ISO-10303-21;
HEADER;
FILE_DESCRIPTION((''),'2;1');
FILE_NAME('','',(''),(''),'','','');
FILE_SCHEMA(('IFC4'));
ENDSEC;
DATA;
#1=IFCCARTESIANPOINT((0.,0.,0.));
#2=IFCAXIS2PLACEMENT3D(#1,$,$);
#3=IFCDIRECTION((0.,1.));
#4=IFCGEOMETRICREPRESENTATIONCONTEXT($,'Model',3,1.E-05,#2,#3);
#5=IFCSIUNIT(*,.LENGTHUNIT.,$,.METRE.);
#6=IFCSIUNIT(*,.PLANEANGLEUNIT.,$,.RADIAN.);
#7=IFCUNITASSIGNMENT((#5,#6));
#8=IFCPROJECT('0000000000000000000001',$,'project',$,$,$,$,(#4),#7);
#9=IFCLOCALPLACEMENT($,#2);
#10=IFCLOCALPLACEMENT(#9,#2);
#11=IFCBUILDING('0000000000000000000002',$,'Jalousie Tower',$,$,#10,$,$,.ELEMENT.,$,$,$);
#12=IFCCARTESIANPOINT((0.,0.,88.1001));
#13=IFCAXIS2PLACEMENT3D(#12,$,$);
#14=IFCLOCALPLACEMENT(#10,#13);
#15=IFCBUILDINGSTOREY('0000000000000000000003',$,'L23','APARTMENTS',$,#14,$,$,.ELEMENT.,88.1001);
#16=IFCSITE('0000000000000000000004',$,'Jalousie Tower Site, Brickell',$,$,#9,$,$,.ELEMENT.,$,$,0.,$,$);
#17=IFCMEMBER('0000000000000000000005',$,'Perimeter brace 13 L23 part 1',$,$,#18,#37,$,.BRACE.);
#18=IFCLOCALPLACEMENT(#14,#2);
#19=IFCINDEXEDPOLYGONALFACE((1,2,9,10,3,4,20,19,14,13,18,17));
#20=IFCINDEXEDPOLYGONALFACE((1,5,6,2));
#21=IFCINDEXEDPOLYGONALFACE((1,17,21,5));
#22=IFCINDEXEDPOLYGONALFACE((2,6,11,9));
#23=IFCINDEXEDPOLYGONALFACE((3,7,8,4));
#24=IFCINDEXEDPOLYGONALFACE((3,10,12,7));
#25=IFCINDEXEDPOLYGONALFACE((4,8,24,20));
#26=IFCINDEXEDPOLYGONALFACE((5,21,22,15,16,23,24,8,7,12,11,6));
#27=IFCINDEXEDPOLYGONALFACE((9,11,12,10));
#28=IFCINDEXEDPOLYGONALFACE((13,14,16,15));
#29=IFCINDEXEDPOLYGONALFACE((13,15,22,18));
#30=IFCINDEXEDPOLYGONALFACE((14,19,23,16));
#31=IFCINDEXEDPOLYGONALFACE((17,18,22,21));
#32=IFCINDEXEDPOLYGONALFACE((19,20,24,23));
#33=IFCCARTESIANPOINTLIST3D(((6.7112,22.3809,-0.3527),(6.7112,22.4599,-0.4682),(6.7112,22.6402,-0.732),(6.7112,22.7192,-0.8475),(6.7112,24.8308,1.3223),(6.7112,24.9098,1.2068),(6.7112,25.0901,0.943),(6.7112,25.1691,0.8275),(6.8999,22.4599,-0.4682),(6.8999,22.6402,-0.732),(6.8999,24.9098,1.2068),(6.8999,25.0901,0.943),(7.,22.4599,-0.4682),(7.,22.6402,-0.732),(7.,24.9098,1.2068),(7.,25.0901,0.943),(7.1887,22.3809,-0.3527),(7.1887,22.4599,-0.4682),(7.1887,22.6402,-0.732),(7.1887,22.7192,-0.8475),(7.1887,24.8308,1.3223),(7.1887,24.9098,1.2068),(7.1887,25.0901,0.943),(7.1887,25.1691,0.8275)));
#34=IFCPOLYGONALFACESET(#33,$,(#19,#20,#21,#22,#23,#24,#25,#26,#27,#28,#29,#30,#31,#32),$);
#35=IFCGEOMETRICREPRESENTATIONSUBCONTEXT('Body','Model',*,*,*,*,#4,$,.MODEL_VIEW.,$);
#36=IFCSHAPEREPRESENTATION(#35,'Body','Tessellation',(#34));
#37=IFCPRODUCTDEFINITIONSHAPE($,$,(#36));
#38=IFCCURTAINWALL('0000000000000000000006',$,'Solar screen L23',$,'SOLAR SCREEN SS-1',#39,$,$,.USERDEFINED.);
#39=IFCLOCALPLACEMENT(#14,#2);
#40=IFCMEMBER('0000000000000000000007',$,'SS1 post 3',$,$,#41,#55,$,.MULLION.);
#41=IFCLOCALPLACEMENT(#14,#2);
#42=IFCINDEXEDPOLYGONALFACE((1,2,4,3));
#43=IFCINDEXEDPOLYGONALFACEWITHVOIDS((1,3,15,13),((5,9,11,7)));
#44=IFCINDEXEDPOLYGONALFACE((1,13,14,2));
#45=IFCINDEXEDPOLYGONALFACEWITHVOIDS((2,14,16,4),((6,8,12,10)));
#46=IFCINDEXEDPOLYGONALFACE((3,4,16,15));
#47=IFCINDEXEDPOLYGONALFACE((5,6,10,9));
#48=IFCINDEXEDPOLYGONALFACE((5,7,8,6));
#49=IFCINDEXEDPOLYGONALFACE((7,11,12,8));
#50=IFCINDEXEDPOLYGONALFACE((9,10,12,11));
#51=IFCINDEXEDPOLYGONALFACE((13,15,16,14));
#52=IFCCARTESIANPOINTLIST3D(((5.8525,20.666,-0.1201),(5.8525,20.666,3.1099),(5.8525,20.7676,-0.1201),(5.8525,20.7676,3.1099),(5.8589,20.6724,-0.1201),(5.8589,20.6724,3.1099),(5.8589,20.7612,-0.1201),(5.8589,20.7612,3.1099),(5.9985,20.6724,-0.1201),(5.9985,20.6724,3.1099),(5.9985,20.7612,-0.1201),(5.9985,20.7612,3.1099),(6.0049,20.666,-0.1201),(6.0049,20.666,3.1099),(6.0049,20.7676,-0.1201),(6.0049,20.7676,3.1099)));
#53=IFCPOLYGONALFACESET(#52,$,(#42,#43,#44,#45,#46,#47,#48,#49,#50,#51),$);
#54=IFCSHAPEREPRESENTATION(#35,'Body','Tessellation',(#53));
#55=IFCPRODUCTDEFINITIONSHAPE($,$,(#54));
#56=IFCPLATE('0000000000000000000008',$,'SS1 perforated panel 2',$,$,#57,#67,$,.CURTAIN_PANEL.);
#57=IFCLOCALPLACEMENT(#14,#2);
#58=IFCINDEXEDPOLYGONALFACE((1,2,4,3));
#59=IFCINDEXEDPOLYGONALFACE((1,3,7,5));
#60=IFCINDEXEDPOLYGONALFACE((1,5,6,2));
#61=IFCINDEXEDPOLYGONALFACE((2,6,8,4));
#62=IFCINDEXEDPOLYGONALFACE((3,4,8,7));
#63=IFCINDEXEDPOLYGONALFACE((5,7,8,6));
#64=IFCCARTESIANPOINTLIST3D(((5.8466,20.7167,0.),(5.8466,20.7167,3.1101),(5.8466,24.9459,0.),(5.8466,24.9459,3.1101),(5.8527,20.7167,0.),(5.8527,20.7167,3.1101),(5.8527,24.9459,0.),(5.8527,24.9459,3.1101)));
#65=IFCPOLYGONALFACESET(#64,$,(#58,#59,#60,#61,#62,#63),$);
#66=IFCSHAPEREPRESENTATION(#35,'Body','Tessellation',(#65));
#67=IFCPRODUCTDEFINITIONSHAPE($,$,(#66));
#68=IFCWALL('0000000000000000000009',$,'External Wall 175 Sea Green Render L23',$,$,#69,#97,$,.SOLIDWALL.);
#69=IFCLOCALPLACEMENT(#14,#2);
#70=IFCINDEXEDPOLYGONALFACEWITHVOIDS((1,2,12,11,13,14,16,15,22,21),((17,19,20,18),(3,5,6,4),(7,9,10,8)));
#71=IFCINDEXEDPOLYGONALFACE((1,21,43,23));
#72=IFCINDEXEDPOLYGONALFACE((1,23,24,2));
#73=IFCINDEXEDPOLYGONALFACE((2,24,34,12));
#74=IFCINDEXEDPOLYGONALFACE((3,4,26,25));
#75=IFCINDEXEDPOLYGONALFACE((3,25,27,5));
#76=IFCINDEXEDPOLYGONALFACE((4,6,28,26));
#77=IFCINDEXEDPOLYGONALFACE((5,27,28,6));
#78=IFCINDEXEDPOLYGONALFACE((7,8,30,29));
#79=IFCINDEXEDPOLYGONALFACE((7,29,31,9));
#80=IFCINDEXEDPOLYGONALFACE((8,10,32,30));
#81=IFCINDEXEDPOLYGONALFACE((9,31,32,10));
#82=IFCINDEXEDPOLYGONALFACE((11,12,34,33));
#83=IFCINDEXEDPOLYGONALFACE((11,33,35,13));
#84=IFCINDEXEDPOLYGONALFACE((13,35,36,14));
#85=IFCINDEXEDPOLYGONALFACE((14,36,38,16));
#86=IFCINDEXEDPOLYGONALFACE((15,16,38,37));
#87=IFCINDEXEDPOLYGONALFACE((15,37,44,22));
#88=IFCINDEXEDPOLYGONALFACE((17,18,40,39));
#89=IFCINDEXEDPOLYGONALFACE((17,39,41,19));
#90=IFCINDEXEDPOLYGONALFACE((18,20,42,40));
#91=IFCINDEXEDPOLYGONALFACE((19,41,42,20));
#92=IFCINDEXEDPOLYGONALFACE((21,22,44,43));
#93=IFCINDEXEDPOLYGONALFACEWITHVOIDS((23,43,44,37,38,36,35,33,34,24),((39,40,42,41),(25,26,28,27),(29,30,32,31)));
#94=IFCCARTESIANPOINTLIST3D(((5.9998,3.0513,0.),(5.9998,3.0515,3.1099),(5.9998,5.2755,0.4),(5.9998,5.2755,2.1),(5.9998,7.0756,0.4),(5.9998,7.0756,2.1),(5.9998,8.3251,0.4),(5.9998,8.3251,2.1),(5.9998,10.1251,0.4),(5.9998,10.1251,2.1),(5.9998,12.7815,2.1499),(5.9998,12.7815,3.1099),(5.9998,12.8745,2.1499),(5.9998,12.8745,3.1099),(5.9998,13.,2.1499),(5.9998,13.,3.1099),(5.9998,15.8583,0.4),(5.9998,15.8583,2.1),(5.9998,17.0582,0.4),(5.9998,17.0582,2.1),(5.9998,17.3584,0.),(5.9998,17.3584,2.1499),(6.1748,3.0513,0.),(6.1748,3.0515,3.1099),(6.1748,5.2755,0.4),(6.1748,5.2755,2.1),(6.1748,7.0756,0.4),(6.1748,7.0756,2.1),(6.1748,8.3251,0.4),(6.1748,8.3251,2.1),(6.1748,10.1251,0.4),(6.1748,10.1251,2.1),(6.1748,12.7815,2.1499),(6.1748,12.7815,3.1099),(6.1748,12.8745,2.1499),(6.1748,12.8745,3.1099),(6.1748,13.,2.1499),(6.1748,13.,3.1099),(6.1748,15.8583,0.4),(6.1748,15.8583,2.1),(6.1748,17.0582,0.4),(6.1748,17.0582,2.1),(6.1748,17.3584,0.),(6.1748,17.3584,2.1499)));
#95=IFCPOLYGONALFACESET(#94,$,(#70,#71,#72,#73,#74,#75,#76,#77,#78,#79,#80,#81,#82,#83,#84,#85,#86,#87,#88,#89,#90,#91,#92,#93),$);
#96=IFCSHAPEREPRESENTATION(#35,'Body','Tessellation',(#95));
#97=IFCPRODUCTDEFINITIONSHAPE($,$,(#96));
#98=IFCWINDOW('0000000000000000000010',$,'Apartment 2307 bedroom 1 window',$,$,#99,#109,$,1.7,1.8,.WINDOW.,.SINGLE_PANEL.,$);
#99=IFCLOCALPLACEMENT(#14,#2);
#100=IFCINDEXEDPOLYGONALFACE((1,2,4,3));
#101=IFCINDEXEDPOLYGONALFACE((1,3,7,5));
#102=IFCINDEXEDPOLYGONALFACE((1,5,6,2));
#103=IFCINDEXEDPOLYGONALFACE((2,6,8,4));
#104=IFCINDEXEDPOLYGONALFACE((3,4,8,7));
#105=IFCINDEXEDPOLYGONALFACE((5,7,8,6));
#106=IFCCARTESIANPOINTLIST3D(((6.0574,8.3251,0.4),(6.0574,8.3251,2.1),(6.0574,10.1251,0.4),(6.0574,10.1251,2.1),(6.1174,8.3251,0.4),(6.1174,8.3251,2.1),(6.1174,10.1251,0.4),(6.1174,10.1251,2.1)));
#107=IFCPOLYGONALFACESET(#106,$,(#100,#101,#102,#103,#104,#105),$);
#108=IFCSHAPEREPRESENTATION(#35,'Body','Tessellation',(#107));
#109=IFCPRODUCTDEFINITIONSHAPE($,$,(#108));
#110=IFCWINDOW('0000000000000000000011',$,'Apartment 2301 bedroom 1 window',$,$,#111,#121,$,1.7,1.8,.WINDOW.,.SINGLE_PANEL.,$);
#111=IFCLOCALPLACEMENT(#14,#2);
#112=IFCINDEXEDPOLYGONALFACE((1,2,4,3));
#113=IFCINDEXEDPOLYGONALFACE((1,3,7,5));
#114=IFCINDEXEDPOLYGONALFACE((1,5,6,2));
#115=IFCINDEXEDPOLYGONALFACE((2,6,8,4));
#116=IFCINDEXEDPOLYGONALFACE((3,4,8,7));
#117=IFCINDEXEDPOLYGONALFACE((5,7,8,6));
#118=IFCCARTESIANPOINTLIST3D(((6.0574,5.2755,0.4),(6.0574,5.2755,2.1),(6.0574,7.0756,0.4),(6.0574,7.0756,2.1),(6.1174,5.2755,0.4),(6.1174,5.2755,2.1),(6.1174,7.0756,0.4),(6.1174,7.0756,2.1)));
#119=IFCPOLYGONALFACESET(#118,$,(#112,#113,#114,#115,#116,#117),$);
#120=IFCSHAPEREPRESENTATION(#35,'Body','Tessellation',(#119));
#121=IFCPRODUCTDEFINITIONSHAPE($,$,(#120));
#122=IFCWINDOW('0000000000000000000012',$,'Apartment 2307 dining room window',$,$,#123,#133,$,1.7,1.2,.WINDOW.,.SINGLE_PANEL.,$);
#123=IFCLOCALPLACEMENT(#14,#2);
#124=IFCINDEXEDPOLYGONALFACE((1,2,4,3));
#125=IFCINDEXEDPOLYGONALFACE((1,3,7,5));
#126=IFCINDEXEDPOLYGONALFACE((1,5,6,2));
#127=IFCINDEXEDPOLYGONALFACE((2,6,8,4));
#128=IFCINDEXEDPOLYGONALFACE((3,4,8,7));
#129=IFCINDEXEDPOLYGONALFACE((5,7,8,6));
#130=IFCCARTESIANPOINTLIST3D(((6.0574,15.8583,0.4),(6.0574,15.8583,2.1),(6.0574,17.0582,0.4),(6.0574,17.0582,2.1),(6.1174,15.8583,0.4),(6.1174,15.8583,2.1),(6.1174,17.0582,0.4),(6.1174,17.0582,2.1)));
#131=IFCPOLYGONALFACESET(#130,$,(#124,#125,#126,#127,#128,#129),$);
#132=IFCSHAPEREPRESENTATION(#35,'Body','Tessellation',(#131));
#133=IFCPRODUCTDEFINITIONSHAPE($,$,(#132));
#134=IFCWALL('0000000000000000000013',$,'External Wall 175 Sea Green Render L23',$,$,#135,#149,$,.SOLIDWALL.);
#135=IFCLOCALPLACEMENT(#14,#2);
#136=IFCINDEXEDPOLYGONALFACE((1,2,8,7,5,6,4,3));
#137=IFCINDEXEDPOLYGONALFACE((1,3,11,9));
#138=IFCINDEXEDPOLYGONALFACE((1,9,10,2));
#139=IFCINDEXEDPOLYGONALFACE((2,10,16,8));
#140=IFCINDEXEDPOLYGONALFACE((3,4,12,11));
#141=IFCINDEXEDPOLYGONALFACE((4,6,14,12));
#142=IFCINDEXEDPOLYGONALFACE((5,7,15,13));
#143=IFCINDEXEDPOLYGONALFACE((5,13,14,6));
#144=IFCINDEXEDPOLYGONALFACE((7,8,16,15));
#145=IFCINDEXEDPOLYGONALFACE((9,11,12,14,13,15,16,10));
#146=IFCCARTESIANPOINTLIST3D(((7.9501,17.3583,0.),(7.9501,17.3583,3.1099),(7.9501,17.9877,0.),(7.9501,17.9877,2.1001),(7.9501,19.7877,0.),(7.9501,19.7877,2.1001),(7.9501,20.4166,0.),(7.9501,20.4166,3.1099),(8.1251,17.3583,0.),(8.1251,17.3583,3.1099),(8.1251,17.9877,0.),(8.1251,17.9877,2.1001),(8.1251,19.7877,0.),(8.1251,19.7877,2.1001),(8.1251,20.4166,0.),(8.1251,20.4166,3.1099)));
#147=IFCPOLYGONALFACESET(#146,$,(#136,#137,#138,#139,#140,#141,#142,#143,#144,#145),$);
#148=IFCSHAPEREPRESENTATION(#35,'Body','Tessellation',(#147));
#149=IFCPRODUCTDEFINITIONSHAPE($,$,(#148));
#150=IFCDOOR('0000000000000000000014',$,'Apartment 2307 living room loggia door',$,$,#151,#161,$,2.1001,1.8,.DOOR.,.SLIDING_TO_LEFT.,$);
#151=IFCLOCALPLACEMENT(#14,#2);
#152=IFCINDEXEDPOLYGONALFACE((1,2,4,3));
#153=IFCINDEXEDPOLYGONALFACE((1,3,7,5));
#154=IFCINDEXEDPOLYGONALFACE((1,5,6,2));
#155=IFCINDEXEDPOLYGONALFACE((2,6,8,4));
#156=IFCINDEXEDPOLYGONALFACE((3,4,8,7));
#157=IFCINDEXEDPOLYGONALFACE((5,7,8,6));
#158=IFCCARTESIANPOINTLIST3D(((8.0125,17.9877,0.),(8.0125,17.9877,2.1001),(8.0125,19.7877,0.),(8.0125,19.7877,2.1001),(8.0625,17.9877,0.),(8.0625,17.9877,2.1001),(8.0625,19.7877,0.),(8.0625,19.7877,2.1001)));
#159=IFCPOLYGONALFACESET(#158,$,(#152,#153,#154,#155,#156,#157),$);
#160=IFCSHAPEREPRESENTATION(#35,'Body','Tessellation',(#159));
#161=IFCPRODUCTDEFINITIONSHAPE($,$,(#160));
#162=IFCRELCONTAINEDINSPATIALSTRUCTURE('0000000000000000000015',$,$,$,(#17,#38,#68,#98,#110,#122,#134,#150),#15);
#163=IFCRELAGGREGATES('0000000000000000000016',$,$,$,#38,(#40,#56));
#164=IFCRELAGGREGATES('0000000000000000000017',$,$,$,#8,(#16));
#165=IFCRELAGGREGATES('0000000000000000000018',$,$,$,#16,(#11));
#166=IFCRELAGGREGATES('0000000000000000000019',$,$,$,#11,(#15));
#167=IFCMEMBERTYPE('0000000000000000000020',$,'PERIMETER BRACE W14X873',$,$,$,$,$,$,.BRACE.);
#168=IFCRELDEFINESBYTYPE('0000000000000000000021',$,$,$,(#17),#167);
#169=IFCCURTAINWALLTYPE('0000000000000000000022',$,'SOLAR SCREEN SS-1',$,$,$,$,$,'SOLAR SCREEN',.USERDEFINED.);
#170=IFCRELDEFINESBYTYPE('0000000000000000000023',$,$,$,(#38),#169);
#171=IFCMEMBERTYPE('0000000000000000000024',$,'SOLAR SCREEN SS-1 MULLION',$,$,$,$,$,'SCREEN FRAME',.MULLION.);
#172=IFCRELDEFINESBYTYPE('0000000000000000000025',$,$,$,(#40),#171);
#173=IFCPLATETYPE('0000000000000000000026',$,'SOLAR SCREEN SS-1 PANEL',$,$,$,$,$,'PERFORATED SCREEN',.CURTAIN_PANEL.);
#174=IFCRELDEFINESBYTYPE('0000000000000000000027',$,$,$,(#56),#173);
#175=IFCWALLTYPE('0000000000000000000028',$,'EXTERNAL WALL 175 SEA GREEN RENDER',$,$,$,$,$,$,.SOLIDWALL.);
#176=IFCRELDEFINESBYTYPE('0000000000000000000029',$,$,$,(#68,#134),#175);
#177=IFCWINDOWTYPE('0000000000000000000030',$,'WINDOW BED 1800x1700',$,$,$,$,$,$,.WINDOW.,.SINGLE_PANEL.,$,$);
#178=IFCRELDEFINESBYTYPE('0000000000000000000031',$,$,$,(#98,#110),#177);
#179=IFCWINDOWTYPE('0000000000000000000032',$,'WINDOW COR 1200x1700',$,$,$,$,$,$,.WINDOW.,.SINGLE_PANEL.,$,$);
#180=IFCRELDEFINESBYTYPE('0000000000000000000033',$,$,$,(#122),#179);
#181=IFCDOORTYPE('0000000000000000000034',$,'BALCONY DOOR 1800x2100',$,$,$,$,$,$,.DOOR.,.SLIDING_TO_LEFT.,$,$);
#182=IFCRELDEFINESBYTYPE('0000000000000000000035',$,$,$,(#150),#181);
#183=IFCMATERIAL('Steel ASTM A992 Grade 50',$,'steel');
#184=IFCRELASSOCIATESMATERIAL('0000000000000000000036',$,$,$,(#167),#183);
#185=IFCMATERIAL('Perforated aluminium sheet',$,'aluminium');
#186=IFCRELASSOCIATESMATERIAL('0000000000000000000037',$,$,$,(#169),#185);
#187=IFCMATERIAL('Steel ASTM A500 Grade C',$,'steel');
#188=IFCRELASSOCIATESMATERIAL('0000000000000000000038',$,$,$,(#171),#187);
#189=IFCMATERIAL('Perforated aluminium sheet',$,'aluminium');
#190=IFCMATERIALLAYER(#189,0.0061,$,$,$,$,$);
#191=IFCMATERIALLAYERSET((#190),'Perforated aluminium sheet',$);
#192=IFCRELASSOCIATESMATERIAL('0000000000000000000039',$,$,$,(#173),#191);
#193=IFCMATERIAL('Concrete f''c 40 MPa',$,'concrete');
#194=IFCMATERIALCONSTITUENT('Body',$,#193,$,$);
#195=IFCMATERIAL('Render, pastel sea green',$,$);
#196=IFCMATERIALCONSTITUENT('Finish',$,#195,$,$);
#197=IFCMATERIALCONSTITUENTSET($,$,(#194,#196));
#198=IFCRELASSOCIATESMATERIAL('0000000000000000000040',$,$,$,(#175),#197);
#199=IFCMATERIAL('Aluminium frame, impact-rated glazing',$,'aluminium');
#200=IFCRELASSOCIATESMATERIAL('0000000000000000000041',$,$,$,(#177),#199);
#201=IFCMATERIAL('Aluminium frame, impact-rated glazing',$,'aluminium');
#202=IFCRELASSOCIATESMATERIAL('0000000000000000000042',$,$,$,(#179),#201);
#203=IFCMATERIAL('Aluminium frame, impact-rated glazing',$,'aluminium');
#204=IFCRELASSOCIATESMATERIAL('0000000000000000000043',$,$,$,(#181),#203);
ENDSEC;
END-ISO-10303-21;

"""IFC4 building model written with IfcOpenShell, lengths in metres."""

from ifc_helpers import new_model, si_unit, direction, frame, frame_2d, origin, origin_2d, place, context, subcontext, project, spatial, polyline, rectangle, hollow_rectangle, i_section, outline, extrude, material, layer, layer_set, constituent, constituent_set, material_profile, profile_set, type_object, element, fill, aggregate, save


model = new_model("IFC4")

# Units and contexts
model_context = context("Model", 3, precision=1e-05, world=origin(), true_north=direction((0.0, 1.0)))
body_context = subcontext(model_context, "Body", "Model", "MODEL_VIEW")
ifc_project = project(units=[si_unit("LENGTHUNIT", "METRE"), si_unit("PLANEANGLEUNIT", "RADIAN")], contexts=[model_context])

# Site, building, storey
site_placement = place(None, origin())
site = spatial("IfcSite", under=ifc_project, at=site_placement, Name="Jalousie Tower Site, Brickell", CompositionType="ELEMENT", RefElevation=0.0)
building_placement = place(site_placement, origin())
building = spatial("IfcBuilding", under=site, at=building_placement, Name="Jalousie Tower", CompositionType="ELEMENT")
storey_placement = place(building_placement, frame((0.0, 0.0, 88.1001)))
storey = spatial("IfcBuildingStorey", under=building, at=storey_placement, Name="L23", Description="APARTMENTS", CompositionType="ELEMENT", Elevation=88.1001)

# Member
ifc_material_1 = material(Name="Steel ASTM A992 Grade 50", Category="steel")
ifc_material_profile_1 = material_profile(ifc_material_1, i_section(OverallWidth=0.4775, OverallDepth=0.5994, WebThickness=0.1001, FlangeThickness=0.1399, at=origin_2d()), Name="W14X873")
ifc_profile_set_1 = profile_set([ifc_material_profile_1], Name="Steel ASTM A992 Grade 50")
member_type_1 = type_object("IfcMemberType", Name="PERIMETER BRACE W14X873", PredefinedType="BRACE", material=ifc_profile_set_1)
member_1_placement = place(storey_placement, frame((6.95, 22.55, -0.6001), z_axis=(0.0, 0.825501, 0.564401), x_axis=(-1.0, 0.0, 0.0)))
element("IfcMember", 1, at=member_1_placement, inside=storey, type_object=member_type_1, Name="Perimeter brace 13 L23 part 1", PredefinedType="BRACE", context=body_context, shape_type="SweptSolid", body=[
    extrude(i_section(OverallWidth=0.4775, OverallDepth=0.5994, WebThickness=0.1001, FlangeThickness=0.1399, at=origin_2d()), origin(), (0.0, 0.0, 1.0), 2.9678),
])

# Curtain wall, member, plate
ifc_material_2 = material(Name="Perforated aluminium sheet", Category="aluminium")
curtain_wall_type = type_object("IfcCurtainWallType", Name="SOLAR SCREEN SS-1", ElementType="SOLAR SCREEN", PredefinedType="USERDEFINED", material=ifc_material_2)
curtain_wall_placement = place(storey_placement, origin())
curtain_wall = element("IfcCurtainWall", 2, at=curtain_wall_placement, inside=storey, type_object=curtain_wall_type, Name="Solar screen L23", ObjectType="SOLAR SCREEN SS-1", PredefinedType="USERDEFINED")
ifc_material_3 = material(Name="Steel ASTM A500 Grade C", Category="steel")
ifc_material_profile_2 = material_profile(ifc_material_3, hollow_rectangle(XDim=0.1016, YDim=0.1523, WallThickness=0.0063, at=origin_2d()), Name="HSS6X4X1/4")
ifc_profile_set_2 = profile_set([ifc_material_profile_2], Name="Steel ASTM A500 Grade C")
member_type_2 = type_object("IfcMemberType", Name="SOLAR SCREEN SS-1 MULLION", ElementType="SCREEN FRAME", PredefinedType="MULLION", material=ifc_profile_set_2)
member_2_placement = place(storey_placement, frame((5.9287, 20.7168, -0.1201), z_axis=(0.0, 0.0, 1.0), x_axis=(0.0, -1.0, 0.0)))
member_2 = element("IfcMember", 3, at=member_2_placement, type_object=member_type_2, Name="SS1 post 3", PredefinedType="MULLION", context=body_context, shape_type="SweptSolid", body=[
    extrude(hollow_rectangle(XDim=0.1016, YDim=0.1523, WallThickness=0.0063, at=origin_2d()), origin(), (0.0, 0.0, 1.0), 3.23),
])
ifc_material_4 = material(Name="Perforated aluminium sheet", Category="aluminium")
ifc_layer_1 = layer(ifc_material_4, 0.0061)
ifc_layer_set_1 = layer_set([ifc_layer_1], Name="Perforated aluminium sheet")
plate_type = type_object("IfcPlateType", Name="SOLAR SCREEN SS-1 PANEL", ElementType="PERFORATED SCREEN", PredefinedType="CURTAIN_PANEL", material=ifc_layer_set_1)
plate_placement = place(storey_placement, frame((5.8496, 22.8313, 0.0), z_axis=(0.0, 0.0, 1.0), x_axis=(0.0, -1.0, 0.0)))
plate = element("IfcPlate", 4, at=plate_placement, type_object=plate_type, Name="SS1 perforated panel 2", PredefinedType="CURTAIN_PANEL", context=body_context, shape_type="SweptSolid", body=[
    extrude(rectangle(XDim=4.2292, YDim=0.0061, at=origin_2d()), origin(), (0.0, 0.0, 1.0), 3.1101),
])
aggregate(curtain_wall, [member_2, plate])

# Wall, openings, windows
ifc_material_5 = material(Name="Concrete f'c 40 MPa", Category="concrete")
ifc_constituent_1 = constituent(ifc_material_5, Name="Body")
ifc_material_6 = material(Name="Render, pastel sea green")
ifc_constituent_2 = constituent(ifc_material_6, Name="Finish")
ifc_constituent_set_1 = constituent_set(constituents=[ifc_constituent_1, ifc_constituent_2])
wall_type_1 = type_object("IfcWallType", Name="EXTERNAL WALL 175 SEA GREEN RENDER", PredefinedType="SOLIDWALL", material=ifc_constituent_set_1)
wall_1_placement = place(storey_placement, frame((6.0874, 17.3584, 0.0), z_axis=(0.0, 0.0, 1.0), x_axis=(0.0, -1.0, 0.0)))
wall_1 = element("IfcWall", 5, at=wall_1_placement, inside=storey, type_object=wall_type_1, Name="External Wall 175 Sea Green Render L23", PredefinedType="SOLIDWALL", context=body_context, shape_type="SweptSolid", body=[
    extrude(outline(polyline([(0.0, 0.0), (14.3071, 0.0), (14.3069, 3.1099), (4.5769, 3.1099), (4.5769, 2.1499), (4.4839, 2.1499), (4.4839, 3.1099), (4.3584, 3.1099), (4.3584, 2.1499), (0.0, 2.1499), (0.0, 0.0)])), frame((0.0, 0.0874, 0.0), z_axis=(0.0, -1.0, 0.0), x_axis=(1.0, 0.0, 0.0)), (0.0, 0.0, 1.0), 0.175),
])
opening_1_placement = place(wall_1_placement, frame((0.3, 0.0, 0.3999)))
opening_1 = element("IfcOpeningElement", 6, at=opening_1_placement, cuts=wall_1, PredefinedType="OPENING", context=body_context, shape_type="SweptSolid", body=[
    extrude(rectangle(XDim=1.2, YDim=1.7, at=frame_2d((0.6001, 0.8501))), frame((0.0, 0.0974, 0.0), z_axis=(0.0, -1.0, 0.0), x_axis=(1.0, 0.0, 0.0)), (0.0, 0.0, 1.0), 0.1951),
])
opening_2_placement = place(wall_1_placement, frame((7.2334, 0.0, 0.3999)))
opening_2 = element("IfcOpeningElement", 7, at=opening_2_placement, cuts=wall_1, PredefinedType="OPENING", context=body_context, shape_type="SweptSolid", body=[
    extrude(rectangle(XDim=1.8, YDim=1.7, at=frame_2d((0.8999, 0.8501))), frame((0.0, 0.0974, 0.0), z_axis=(0.0, -1.0, 0.0), x_axis=(1.0, 0.0, 0.0)), (0.0, 0.0, 1.0), 0.1951),
])
opening_3_placement = place(wall_1_placement, frame((10.283, 0.0, 0.3999)))
opening_3 = element("IfcOpeningElement", 8, at=opening_3_placement, cuts=wall_1, PredefinedType="OPENING", context=body_context, shape_type="SweptSolid", body=[
    extrude(rectangle(XDim=1.8, YDim=1.7, at=frame_2d((0.8999, 0.8501))), frame((0.0, 0.0974, 0.0), z_axis=(0.0, -1.0, 0.0), x_axis=(1.0, 0.0, 0.0)), (0.0, 0.0, 1.0), 0.1951),
])
ifc_material_7 = material(Name="Aluminium frame, impact-rated glazing", Category="aluminium")
window_type_1 = type_object("IfcWindowType", Name="WINDOW BED 1800x1700", PartitioningType="SINGLE_PANEL", PredefinedType="WINDOW", material=ifc_material_7)
window_1_placement = place(opening_2_placement, origin())
window_1 = element("IfcWindow", 9, at=window_1_placement, inside=storey, type_object=window_type_1, Name="Apartment 2307 bedroom 1 window", OverallHeight=1.7, OverallWidth=1.8, PartitioningType="SINGLE_PANEL", PredefinedType="WINDOW", context=body_context, shape_type="SweptSolid", body=[
    extrude(rectangle(XDim=1.8, YDim=1.7, at=frame_2d((0.8999, 0.8501))), frame((0.0, 0.03, 0.0), z_axis=(0.0, -1.0, 0.0), x_axis=(1.0, 0.0, 0.0)), (0.0, 0.0, 1.0), 0.0601),
])
fill(opening_2, window_1)
window_2_placement = place(opening_3_placement, origin())
window_2 = element("IfcWindow", 10, at=window_2_placement, inside=storey, type_object=window_type_1, Name="Apartment 2301 bedroom 1 window", OverallHeight=1.7, OverallWidth=1.8, PartitioningType="SINGLE_PANEL", PredefinedType="WINDOW", context=body_context, shape_type="SweptSolid", body=[
    extrude(rectangle(XDim=1.8, YDim=1.7, at=frame_2d((0.8999, 0.8501))), frame((0.0, 0.03, 0.0), z_axis=(0.0, -1.0, 0.0), x_axis=(1.0, 0.0, 0.0)), (0.0, 0.0, 1.0), 0.0601),
])
fill(opening_3, window_2)
ifc_material_8 = material(Name="Aluminium frame, impact-rated glazing", Category="aluminium")
window_type_2 = type_object("IfcWindowType", Name="WINDOW COR 1200x1700", PartitioningType="SINGLE_PANEL", PredefinedType="WINDOW", material=ifc_material_8)
window_3_placement = place(opening_1_placement, origin())
window_3 = element("IfcWindow", 11, at=window_3_placement, inside=storey, type_object=window_type_2, Name="Apartment 2307 dining room window", OverallHeight=1.7, OverallWidth=1.2, PartitioningType="SINGLE_PANEL", PredefinedType="WINDOW", context=body_context, shape_type="SweptSolid", body=[
    extrude(rectangle(XDim=1.2, YDim=1.7, at=frame_2d((0.6001, 0.8501))), frame((0.0, 0.03, 0.0), z_axis=(0.0, -1.0, 0.0), x_axis=(1.0, 0.0, 0.0)), (0.0, 0.0, 1.0), 0.0601),
])
fill(opening_1, window_3)

# Wall, opening, door
wall_2_placement = place(storey_placement, frame((8.0376, 20.4167, 0.0), z_axis=(0.0, 0.0, 1.0), x_axis=(0.0, -1.0, 0.0)))
wall_2 = element("IfcWall", 12, at=wall_2_placement, inside=storey, type_object=wall_type_1, Name="External Wall 175 Sea Green Render L23", PredefinedType="SOLIDWALL", context=body_context, shape_type="SweptSolid", body=[
    extrude(rectangle(XDim=3.0583, YDim=0.175, at=frame_2d((1.5293, 0.0))), origin(), (0.0, 0.0, 1.0), 3.1099),
])
opening_4_placement = place(wall_2_placement, frame((0.6292, 0.0, 0.0)))
opening_4 = element("IfcOpeningElement", 13, at=opening_4_placement, cuts=wall_2, PredefinedType="OPENING", context=body_context, shape_type="SweptSolid", body=[
    extrude(rectangle(XDim=1.8, YDim=2.1001, at=frame_2d((0.8999, 1.05))), frame((0.0, 0.0974, 0.0), z_axis=(0.0, -1.0, 0.0), x_axis=(1.0, 0.0, 0.0)), (0.0, 0.0, 1.0), 0.1951),
])
ifc_material_9 = material(Name="Aluminium frame, impact-rated glazing", Category="aluminium")
door_type_1 = type_object("IfcDoorType", Name="BALCONY DOOR 1800x2100", OperationType="SLIDING_TO_LEFT", PredefinedType="DOOR", material=ifc_material_9)
door_1_placement = place(opening_4_placement, origin())
door_1 = element("IfcDoor", 14, at=door_1_placement, inside=storey, type_object=door_type_1, Name="Apartment 2307 living room loggia door", OperationType="SLIDING_TO_LEFT", OverallHeight=2.1001, OverallWidth=1.8, PredefinedType="DOOR", context=body_context, shape_type="SweptSolid", body=[
    extrude(rectangle(XDim=1.8, YDim=2.1001, at=frame_2d((0.8999, 1.05))), frame((0.0, 0.0249, 0.0), z_axis=(0.0, -1.0, 0.0), x_axis=(1.0, 0.0, 0.0)), (0.0, 0.0, 1.0), 0.05),
])
fill(opening_4, door_1)

save(model, "model.ifc")
